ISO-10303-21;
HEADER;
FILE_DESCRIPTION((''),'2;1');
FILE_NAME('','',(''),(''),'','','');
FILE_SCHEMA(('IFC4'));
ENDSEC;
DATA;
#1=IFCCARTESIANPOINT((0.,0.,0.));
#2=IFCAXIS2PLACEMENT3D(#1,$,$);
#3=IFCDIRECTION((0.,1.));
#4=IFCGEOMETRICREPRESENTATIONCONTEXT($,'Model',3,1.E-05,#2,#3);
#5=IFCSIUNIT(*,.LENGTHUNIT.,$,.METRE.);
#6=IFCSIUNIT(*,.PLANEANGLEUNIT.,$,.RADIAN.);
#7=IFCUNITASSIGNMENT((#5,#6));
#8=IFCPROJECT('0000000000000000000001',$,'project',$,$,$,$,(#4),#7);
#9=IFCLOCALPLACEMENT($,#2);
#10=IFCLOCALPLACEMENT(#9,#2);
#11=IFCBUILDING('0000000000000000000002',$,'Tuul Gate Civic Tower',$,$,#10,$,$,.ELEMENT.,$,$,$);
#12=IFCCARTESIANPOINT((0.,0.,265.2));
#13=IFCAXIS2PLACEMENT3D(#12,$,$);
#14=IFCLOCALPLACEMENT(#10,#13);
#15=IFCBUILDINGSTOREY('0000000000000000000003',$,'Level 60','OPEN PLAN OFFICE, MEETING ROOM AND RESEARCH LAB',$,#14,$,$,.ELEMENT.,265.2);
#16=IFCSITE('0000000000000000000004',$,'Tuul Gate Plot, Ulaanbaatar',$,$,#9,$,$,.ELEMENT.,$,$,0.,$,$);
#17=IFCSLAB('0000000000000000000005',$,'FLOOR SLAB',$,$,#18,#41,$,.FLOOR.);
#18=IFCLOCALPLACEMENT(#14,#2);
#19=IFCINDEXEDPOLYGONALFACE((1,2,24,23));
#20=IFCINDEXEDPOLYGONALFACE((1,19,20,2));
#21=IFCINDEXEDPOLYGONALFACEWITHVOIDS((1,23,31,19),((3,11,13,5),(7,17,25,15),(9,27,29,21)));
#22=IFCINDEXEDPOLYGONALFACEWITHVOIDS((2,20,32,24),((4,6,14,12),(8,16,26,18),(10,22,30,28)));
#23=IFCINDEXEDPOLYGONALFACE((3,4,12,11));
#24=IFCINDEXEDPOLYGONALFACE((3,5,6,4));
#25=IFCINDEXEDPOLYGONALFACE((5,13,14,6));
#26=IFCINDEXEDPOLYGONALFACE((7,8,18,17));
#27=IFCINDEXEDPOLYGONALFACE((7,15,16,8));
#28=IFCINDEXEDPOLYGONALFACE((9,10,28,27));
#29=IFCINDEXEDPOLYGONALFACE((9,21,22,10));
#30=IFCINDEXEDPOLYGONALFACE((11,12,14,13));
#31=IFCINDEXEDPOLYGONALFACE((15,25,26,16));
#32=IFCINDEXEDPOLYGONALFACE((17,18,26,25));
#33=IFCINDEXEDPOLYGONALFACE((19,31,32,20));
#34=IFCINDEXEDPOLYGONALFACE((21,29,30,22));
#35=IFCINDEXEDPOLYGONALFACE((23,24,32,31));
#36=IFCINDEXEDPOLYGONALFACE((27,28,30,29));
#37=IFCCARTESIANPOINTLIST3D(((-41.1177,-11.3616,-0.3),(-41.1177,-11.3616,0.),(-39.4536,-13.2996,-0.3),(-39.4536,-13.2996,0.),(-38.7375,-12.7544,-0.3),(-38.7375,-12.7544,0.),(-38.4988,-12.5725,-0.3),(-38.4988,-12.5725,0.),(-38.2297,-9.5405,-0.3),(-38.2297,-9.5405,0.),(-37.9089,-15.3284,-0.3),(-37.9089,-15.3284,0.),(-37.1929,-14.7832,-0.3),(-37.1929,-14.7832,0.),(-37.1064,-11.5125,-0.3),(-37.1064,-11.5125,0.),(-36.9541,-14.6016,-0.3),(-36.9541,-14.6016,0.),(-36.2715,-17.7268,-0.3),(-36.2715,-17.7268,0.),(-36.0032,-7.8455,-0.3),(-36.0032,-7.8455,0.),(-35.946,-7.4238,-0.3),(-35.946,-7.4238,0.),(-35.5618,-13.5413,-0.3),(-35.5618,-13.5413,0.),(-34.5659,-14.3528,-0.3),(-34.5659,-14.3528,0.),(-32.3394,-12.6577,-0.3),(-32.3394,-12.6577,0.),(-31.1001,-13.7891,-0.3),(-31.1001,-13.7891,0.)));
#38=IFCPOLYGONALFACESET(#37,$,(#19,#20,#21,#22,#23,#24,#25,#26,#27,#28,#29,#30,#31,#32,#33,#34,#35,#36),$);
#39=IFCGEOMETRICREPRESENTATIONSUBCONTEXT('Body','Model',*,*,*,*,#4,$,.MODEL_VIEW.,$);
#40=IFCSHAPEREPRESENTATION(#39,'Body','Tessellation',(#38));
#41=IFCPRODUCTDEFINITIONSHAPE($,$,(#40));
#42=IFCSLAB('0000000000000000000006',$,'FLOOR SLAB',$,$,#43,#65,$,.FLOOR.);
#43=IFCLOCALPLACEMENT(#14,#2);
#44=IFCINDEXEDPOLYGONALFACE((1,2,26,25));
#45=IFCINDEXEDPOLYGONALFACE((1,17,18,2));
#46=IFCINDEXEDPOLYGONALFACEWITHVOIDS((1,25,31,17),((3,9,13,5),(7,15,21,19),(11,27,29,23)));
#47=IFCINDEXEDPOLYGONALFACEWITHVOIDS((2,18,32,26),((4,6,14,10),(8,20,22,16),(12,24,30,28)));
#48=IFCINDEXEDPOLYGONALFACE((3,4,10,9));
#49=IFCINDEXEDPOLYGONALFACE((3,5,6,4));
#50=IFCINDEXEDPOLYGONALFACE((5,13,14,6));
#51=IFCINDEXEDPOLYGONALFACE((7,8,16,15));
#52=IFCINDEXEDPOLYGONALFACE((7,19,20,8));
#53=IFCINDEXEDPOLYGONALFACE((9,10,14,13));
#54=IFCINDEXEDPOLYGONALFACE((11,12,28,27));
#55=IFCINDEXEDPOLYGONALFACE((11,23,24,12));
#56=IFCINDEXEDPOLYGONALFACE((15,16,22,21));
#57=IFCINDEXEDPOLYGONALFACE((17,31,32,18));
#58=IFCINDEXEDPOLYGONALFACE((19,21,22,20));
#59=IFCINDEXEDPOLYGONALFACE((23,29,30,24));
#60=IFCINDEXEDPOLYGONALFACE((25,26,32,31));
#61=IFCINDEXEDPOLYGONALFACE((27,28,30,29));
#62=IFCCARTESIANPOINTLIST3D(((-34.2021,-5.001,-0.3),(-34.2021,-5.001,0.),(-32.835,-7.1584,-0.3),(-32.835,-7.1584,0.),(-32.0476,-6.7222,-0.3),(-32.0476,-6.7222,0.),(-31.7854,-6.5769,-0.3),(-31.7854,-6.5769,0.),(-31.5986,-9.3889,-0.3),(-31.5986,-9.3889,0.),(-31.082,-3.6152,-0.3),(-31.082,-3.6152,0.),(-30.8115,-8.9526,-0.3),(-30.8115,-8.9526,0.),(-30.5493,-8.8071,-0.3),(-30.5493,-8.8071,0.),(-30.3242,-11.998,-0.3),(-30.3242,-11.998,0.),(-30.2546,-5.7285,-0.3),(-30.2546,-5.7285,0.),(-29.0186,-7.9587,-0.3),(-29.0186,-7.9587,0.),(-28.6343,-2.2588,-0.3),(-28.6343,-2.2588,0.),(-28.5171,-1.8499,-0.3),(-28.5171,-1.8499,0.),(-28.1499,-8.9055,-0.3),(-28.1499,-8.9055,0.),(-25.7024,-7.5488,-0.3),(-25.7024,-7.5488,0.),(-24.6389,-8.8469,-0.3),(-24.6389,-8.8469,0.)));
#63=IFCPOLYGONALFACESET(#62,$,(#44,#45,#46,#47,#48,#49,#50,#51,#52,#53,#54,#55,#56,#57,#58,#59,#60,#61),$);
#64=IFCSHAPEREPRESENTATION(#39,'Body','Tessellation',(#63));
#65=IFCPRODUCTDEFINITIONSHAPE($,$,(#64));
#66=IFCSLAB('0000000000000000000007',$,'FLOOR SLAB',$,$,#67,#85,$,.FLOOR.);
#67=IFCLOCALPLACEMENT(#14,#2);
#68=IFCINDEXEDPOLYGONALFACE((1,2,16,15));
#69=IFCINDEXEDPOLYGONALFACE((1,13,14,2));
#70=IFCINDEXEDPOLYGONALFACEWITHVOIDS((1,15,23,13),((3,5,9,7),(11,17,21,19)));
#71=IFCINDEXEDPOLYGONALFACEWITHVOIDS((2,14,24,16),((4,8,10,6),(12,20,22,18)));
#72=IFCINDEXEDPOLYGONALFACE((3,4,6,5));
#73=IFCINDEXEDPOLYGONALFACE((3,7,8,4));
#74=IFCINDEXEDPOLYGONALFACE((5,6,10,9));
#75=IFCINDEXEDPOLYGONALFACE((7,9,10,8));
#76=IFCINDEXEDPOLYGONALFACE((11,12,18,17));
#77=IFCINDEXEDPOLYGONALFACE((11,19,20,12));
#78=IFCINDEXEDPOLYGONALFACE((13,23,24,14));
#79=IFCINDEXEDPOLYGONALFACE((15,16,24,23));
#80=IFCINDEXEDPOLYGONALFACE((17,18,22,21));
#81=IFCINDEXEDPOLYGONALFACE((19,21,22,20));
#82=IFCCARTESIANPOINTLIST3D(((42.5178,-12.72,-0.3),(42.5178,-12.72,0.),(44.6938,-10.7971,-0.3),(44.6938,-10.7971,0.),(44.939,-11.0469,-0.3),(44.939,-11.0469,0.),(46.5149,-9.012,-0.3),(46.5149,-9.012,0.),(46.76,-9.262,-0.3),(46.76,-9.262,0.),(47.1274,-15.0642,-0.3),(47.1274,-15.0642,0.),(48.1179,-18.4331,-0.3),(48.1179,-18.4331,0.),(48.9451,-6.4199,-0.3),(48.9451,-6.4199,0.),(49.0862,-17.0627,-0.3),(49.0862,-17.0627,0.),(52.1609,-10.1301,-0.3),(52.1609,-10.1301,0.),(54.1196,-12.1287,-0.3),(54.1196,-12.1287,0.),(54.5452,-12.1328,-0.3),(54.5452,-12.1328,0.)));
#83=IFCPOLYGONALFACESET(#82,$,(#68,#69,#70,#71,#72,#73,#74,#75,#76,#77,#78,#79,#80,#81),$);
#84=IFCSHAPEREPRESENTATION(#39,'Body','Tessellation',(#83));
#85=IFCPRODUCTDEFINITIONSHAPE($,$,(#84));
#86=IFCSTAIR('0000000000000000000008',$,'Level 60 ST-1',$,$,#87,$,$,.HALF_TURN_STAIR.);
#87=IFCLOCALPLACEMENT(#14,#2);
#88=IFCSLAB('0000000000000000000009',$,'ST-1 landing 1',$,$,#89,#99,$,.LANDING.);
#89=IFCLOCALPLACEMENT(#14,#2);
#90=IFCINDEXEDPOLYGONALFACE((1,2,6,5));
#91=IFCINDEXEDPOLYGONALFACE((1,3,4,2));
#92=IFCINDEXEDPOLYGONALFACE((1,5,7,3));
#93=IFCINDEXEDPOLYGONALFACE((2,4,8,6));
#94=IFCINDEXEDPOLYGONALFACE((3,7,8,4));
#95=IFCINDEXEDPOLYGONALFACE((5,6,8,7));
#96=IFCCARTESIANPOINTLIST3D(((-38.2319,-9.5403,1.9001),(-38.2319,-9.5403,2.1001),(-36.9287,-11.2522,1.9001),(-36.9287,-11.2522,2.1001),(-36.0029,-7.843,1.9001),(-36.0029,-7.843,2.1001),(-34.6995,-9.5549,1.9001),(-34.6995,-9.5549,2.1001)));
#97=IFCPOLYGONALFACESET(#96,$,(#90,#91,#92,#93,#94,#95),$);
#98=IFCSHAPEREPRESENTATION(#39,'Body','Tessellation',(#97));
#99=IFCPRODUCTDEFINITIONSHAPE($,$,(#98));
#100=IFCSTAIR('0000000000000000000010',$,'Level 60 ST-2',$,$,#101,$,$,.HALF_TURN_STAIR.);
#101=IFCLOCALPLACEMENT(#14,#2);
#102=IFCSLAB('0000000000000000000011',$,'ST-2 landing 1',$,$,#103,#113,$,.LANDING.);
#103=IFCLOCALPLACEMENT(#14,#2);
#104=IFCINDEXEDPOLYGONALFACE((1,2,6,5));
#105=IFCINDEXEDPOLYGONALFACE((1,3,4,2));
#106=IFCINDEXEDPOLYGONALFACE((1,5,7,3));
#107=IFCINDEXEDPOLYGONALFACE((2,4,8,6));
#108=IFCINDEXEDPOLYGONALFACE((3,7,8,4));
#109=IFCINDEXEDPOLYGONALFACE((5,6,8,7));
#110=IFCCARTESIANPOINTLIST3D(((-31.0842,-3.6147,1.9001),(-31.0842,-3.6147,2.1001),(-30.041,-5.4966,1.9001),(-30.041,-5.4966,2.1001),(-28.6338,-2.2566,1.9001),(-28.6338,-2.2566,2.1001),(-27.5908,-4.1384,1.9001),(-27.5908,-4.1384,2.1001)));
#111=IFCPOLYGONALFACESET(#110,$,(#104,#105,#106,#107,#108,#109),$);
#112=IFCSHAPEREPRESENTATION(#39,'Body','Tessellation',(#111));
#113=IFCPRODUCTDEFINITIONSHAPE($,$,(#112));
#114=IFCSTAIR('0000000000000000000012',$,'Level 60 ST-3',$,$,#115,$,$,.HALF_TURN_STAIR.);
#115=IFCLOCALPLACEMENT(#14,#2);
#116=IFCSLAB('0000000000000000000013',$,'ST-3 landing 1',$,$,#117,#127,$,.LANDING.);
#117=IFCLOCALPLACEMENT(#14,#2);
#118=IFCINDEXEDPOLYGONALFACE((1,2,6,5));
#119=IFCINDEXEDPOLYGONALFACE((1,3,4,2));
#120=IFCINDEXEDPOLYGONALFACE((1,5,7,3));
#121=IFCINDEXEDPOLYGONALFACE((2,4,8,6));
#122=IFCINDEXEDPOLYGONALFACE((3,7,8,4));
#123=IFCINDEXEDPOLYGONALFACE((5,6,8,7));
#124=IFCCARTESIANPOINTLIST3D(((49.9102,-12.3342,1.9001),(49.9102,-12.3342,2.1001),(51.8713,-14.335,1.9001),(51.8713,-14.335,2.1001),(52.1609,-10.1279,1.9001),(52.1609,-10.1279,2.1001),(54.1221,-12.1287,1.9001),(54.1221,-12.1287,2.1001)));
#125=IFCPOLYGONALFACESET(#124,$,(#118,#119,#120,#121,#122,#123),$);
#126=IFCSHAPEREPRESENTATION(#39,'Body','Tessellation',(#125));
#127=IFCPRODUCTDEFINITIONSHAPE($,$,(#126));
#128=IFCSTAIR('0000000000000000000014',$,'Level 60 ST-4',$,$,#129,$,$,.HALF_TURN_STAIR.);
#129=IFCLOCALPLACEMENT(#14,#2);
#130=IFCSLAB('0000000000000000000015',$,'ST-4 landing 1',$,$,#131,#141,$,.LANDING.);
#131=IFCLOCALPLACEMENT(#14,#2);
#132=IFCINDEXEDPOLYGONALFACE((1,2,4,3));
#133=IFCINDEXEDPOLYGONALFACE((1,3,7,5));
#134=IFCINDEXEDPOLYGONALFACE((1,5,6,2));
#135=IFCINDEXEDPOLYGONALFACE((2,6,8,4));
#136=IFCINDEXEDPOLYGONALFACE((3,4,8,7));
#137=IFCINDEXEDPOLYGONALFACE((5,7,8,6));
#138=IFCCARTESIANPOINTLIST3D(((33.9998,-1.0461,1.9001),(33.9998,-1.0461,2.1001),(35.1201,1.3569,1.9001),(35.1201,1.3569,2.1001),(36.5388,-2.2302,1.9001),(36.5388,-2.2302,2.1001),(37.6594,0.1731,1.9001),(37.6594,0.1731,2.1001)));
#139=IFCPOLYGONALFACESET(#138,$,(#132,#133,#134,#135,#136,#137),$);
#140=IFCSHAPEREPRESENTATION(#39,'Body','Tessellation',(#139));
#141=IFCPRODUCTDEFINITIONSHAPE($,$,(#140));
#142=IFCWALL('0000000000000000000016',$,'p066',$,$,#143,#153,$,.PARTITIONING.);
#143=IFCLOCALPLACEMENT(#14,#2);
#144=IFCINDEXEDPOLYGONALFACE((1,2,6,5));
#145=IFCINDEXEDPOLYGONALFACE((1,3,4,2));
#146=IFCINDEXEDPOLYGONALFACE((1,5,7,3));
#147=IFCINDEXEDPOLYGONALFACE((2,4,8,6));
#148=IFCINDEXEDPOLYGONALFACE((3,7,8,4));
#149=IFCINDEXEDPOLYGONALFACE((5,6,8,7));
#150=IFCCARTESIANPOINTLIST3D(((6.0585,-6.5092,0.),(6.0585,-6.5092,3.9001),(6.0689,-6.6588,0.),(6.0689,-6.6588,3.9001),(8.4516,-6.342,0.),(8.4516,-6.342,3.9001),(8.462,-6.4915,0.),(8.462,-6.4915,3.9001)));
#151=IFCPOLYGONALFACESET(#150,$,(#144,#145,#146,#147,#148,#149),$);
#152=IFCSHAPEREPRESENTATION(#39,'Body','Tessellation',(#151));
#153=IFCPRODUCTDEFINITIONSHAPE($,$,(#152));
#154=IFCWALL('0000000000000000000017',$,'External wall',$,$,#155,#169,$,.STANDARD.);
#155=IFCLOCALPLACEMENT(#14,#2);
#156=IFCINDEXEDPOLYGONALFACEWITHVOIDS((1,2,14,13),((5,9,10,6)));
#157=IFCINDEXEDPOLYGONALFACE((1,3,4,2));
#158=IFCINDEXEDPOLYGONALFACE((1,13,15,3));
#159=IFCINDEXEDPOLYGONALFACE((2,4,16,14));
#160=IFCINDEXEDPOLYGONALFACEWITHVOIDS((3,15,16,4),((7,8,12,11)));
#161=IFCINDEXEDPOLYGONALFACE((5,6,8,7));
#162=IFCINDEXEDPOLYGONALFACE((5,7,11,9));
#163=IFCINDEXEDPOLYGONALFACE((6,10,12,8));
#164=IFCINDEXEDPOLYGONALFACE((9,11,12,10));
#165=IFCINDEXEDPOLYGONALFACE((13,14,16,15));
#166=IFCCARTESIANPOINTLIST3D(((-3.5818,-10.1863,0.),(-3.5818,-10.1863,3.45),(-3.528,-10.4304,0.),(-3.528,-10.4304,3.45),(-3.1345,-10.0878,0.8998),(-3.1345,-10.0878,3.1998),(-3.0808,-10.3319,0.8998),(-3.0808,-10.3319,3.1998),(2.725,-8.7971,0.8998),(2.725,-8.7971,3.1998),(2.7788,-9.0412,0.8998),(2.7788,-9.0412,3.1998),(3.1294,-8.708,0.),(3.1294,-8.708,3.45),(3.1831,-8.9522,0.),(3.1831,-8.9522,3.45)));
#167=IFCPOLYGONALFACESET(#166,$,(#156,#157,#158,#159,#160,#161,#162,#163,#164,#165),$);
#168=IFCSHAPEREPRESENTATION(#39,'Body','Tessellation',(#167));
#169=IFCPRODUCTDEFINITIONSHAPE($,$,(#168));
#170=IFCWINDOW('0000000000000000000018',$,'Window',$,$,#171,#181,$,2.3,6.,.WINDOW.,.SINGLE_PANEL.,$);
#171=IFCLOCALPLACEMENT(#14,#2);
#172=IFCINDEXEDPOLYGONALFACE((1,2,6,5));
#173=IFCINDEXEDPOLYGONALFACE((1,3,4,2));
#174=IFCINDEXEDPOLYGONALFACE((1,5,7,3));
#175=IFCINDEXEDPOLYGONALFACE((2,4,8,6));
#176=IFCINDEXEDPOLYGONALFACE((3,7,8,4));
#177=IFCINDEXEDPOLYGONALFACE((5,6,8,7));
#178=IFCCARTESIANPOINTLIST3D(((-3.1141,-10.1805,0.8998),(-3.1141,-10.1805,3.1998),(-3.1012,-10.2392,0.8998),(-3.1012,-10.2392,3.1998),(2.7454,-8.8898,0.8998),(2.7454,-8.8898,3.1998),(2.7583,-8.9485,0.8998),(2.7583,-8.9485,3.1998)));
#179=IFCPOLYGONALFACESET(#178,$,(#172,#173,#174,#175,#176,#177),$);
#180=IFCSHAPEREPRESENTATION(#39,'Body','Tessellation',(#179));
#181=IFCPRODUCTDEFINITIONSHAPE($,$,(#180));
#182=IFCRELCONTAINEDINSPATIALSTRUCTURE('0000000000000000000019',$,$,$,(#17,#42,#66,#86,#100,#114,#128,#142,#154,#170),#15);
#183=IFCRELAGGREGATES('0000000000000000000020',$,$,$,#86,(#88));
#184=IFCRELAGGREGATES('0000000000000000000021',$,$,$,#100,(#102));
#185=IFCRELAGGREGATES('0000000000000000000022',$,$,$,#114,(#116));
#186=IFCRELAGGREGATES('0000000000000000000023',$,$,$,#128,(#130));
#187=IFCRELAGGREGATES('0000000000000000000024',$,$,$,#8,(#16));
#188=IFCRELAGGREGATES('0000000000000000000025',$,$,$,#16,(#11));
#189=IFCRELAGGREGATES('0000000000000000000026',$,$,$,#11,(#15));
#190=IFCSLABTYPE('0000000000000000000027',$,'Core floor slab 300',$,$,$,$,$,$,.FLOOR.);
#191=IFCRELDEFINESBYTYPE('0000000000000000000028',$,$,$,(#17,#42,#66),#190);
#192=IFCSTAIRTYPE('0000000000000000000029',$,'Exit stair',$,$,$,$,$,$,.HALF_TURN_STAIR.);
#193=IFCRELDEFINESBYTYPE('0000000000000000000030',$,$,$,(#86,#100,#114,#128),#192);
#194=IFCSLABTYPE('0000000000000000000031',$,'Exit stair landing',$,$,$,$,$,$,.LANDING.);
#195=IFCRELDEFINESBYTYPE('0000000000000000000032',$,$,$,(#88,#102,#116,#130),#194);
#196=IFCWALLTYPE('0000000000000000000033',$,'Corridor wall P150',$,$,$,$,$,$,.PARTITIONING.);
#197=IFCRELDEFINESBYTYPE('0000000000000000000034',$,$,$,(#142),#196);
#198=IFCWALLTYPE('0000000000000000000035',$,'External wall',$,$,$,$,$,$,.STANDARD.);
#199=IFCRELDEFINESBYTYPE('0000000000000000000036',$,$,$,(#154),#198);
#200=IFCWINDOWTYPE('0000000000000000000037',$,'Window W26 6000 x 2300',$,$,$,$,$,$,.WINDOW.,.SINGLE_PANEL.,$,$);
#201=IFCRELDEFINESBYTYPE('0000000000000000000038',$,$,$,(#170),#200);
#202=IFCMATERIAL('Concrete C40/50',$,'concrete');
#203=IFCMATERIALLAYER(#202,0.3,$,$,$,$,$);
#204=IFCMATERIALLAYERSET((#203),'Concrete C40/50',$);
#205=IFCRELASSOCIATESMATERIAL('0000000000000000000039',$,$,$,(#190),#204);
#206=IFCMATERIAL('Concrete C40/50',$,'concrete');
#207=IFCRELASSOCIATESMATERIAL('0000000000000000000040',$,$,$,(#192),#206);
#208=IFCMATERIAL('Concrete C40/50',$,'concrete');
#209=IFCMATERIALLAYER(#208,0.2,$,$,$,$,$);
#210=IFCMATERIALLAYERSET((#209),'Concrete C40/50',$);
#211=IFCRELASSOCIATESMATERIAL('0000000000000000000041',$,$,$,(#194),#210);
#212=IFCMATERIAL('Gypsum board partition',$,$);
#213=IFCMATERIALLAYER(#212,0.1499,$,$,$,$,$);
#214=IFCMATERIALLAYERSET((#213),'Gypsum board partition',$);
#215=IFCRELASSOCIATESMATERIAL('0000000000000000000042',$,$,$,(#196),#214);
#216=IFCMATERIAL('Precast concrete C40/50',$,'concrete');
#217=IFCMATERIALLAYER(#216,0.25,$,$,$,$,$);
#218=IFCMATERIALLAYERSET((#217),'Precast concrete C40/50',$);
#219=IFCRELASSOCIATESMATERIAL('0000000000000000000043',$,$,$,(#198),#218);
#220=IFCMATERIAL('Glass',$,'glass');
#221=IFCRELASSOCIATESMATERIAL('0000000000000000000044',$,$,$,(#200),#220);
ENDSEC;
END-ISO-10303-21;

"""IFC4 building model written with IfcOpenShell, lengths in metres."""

from ifc_helpers import new_model, si_unit, direction, frame, frame_2d, origin, place, context, subcontext, project, spatial, polyline, rectangle, outline, extrude, material, layer, layer_set, type_object, element, fill, aggregate, save


model = new_model("IFC4")

# Units and contexts
model_context = context("Model", 3, precision=1e-05, world=origin(), true_north=direction((0.0, 1.0)))
body_context = subcontext(model_context, "Body", "Model", "MODEL_VIEW")
ifc_project = project(units=[si_unit("LENGTHUNIT", "METRE"), si_unit("PLANEANGLEUNIT", "RADIAN")], contexts=[model_context])

# Site, building, storey
site_placement = place(None, origin())
site = spatial("IfcSite", under=ifc_project, at=site_placement, Name="Tuul Gate Plot, Ulaanbaatar", CompositionType="ELEMENT", RefElevation=0.0)
building_placement = place(site_placement, origin())
building = spatial("IfcBuilding", under=site, at=building_placement, Name="Tuul Gate Civic Tower", CompositionType="ELEMENT")
storey_placement = place(building_placement, frame((0.0, 0.0, 265.2)))
storey = spatial("IfcBuildingStorey", under=building, at=storey_placement, Name="Level 60", Description="OPEN PLAN OFFICE, MEETING ROOM AND RESEARCH LAB", CompositionType="ELEMENT", Elevation=265.2)

# Slabs
ifc_material_1 = material(Name="Concrete C40/50", Category="concrete")
ifc_layer_1 = layer(ifc_material_1, 0.3)
ifc_layer_set_1 = layer_set([ifc_layer_1], Name="Concrete C40/50")
slab_type_1 = type_object("IfcSlabType", Name="Core floor slab 300", PredefinedType="FLOOR", material=ifc_layer_set_1)
slab_1_placement = place(storey_placement, frame((0.0, 0.0, -0.3)))
element("IfcSlab", 1, at=slab_1_placement, inside=storey, type_object=slab_type_1, Name="FLOOR SLAB", PredefinedType="FLOOR", context=body_context, shape_type="SweptSolid", body=[
    extrude(outline(polyline([(-31.1001, -13.7891), (-35.946, -7.4238), (-41.1177, -11.3616), (-36.2715, -17.7268), (-31.1001, -13.7891)]), holes=[polyline([(-35.5618, -13.5413), (-37.1064, -11.5125), (-38.4988, -12.5725), (-36.9541, -14.6016), (-35.5618, -13.5413)]), polyline([(-37.1929, -14.7832), (-38.7375, -12.7544), (-39.4536, -13.2996), (-37.9089, -15.3284), (-37.1929, -14.7832)]), polyline([(-32.3394, -12.6577), (-34.5659, -14.3528), (-38.2297, -9.5405), (-36.0032, -7.8455), (-32.3394, -12.6577)])]), origin(), (0.0, 0.0, 1.0), 0.3),
])
slab_2_placement = place(storey_placement, frame((0.0, 0.0, -0.3)))
element("IfcSlab", 2, at=slab_2_placement, inside=storey, type_object=slab_type_1, Name="FLOOR SLAB", PredefinedType="FLOOR", context=body_context, shape_type="SweptSolid", body=[
    extrude(outline(polyline([(-24.6389, -8.8469), (-28.5171, -1.8499), (-34.2021, -5.001), (-30.3242, -11.998), (-24.6389, -8.8469)]), holes=[polyline([(-29.0186, -7.9587), (-30.2546, -5.7285), (-31.7854, -6.5769), (-30.5493, -8.8071), (-29.0186, -7.9587)]), polyline([(-30.8115, -8.9526), (-32.0476, -6.7222), (-32.835, -7.1584), (-31.5986, -9.3889), (-30.8115, -8.9526)]), polyline([(-25.7024, -7.5488), (-28.1499, -8.9055), (-31.082, -3.6152), (-28.6343, -2.2588), (-25.7024, -7.5488)])]), origin(), (0.0, 0.0, 1.0), 0.3),
])
slab_3_placement = place(storey_placement, frame((0.0, 0.0, -0.3)))
element("IfcSlab", 3, at=slab_3_placement, inside=storey, type_object=slab_type_1, Name="FLOOR SLAB", PredefinedType="FLOOR", context=body_context, shape_type="SweptSolid", body=[
    extrude(outline(polyline([(48.1179, -18.4331), (54.5452, -12.1328), (48.9451, -6.4199), (42.5178, -12.72), (48.1179, -18.4331)]), holes=[polyline([(44.939, -11.0469), (46.76, -9.262), (46.5149, -9.012), (44.6938, -10.7971), (44.939, -11.0469)]), polyline([(49.0862, -17.0627), (47.1274, -15.0642), (52.1609, -10.1301), (54.1196, -12.1287), (49.0862, -17.0627)])]), origin(), (0.0, 0.0, 1.0), 0.3),
])

# Stairs, slabs
ifc_material_2 = material(Name="Concrete C40/50", Category="concrete")
stair_type = type_object("IfcStairType", Name="Exit stair", PredefinedType="HALF_TURN_STAIR", material=ifc_material_2)
stair_1_placement = place(storey_placement, origin())
stair_1 = element("IfcStair", 4, at=stair_1_placement, inside=storey, type_object=stair_type, Name="Level 60 ST-1", PredefinedType="HALF_TURN_STAIR")
ifc_material_3 = material(Name="Concrete C40/50", Category="concrete")
ifc_layer_2 = layer(ifc_material_3, 0.2)
ifc_layer_set_2 = layer_set([ifc_layer_2], Name="Concrete C40/50")
slab_type_2 = type_object("IfcSlabType", Name="Exit stair landing", PredefinedType="LANDING", material=ifc_layer_set_2)
slab_4_placement = place(storey_placement, frame((0.0, 0.0, 1.9001)))
slab_4 = element("IfcSlab", 5, at=slab_4_placement, type_object=slab_type_2, Name="ST-1 landing 1", PredefinedType="LANDING", context=body_context, shape_type="SweptSolid", body=[
    extrude(outline(polyline([(-34.6995, -9.5549), (-36.9287, -11.2522), (-38.2319, -9.5403), (-36.0029, -7.843), (-34.6995, -9.5549)])), origin(), (0.0, 0.0, 1.0), 0.2),
])
aggregate(stair_1, [slab_4])
stair_2_placement = place(storey_placement, origin())
stair_2 = element("IfcStair", 6, at=stair_2_placement, inside=storey, type_object=stair_type, Name="Level 60 ST-2", PredefinedType="HALF_TURN_STAIR")
slab_5_placement = place(storey_placement, frame((0.0, 0.0, 1.9001)))
slab_5 = element("IfcSlab", 7, at=slab_5_placement, type_object=slab_type_2, Name="ST-2 landing 1", PredefinedType="LANDING", context=body_context, shape_type="SweptSolid", body=[
    extrude(outline(polyline([(-27.5908, -4.1384), (-30.041, -5.4966), (-31.0842, -3.6147), (-28.6338, -2.2566), (-27.5908, -4.1384)])), origin(), (0.0, 0.0, 1.0), 0.2),
])
aggregate(stair_2, [slab_5])
stair_3_placement = place(storey_placement, origin())
stair_3 = element("IfcStair", 8, at=stair_3_placement, inside=storey, type_object=stair_type, Name="Level 60 ST-3", PredefinedType="HALF_TURN_STAIR")
slab_6_placement = place(storey_placement, frame((0.0, 0.0, 1.9001)))
slab_6 = element("IfcSlab", 9, at=slab_6_placement, type_object=slab_type_2, Name="ST-3 landing 1", PredefinedType="LANDING", context=body_context, shape_type="SweptSolid", body=[
    extrude(outline(polyline([(51.8713, -14.335), (49.9102, -12.3342), (52.1609, -10.1279), (54.1221, -12.1287), (51.8713, -14.335)])), origin(), (0.0, 0.0, 1.0), 0.2),
])
aggregate(stair_3, [slab_6])
stair_4_placement = place(storey_placement, origin())
stair_4 = element("IfcStair", 10, at=stair_4_placement, inside=storey, type_object=stair_type, Name="Level 60 ST-4", PredefinedType="HALF_TURN_STAIR")
slab_7_placement = place(storey_placement, frame((0.0, 0.0, 1.9001)))
slab_7 = element("IfcSlab", 11, at=slab_7_placement, type_object=slab_type_2, Name="ST-4 landing 1", PredefinedType="LANDING", context=body_context, shape_type="SweptSolid", body=[
    extrude(outline(polyline([(36.5388, -2.2302), (33.9998, -1.0461), (35.1201, 1.3569), (37.6594, 0.1731), (36.5388, -2.2302)])), origin(), (0.0, 0.0, 1.0), 0.2),
])
aggregate(stair_4, [slab_7])

# Wall
ifc_material_4 = material(Name="Gypsum board partition")
ifc_layer_3 = layer(ifc_material_4, 0.1499)
ifc_layer_set_3 = layer_set([ifc_layer_3], Name="Gypsum board partition")
wall_type_1 = type_object("IfcWallType", Name="Corridor wall P150", PredefinedType="PARTITIONING", material=ifc_layer_set_3)
wall_1_placement = place(storey_placement, frame((6.0637, -6.584, 0.0), z_axis=(0.0, 0.0, 1.0), x_axis=(0.997567, 0.069714, 0.0)))
element("IfcWall", 12, at=wall_1_placement, inside=storey, type_object=wall_type_1, Name="p066", PredefinedType="PARTITIONING", context=body_context, shape_type="SweptSolid", body=[
    extrude(rectangle(XDim=2.3989, YDim=0.1499, at=frame_2d((1.1995, 0.0))), origin(), (0.0, 0.0, 1.0), 3.9001),
])

# Wall, opening, window
ifc_material_5 = material(Name="Precast concrete C40/50", Category="concrete")
ifc_layer_4 = layer(ifc_material_5, 0.25)
ifc_layer_set_4 = layer_set([ifc_layer_4], Name="Precast concrete C40/50")
wall_type_2 = type_object("IfcWallType", Name="External wall", PredefinedType="STANDARD", material=ifc_layer_set_4)
wall_2_placement = place(storey_placement, frame((-3.5549, -10.3083, 0.0), z_axis=(0.0, 0.0, 1.0), x_axis=(0.976589, 0.215113, 0.0)))
wall_2 = element("IfcWall", 13, at=wall_2_placement, inside=storey, type_object=wall_type_2, Name="External wall", PredefinedType="STANDARD", context=body_context, shape_type="SweptSolid", body=[
    extrude(rectangle(XDim=6.8721, YDim=0.25, at=frame_2d((3.436, 0.0))), origin(), (0.0, 0.0, 1.0), 3.45),
])
opening_1_placement = place(wall_2_placement, frame((0.458, 0.0, 0.8999)))
opening_1 = element("IfcOpeningElement", 14, at=opening_1_placement, cuts=wall_2, PredefinedType="OPENING", context=body_context, shape_type="SweptSolid", body=[
    extrude(rectangle(XDim=6.0, YDim=2.3, at=frame_2d((3.0, 1.1499))), frame((0.0, 0.135, 0.0), z_axis=(0.0, -1.0, 0.0), x_axis=(1.0, 0.0, 0.0)), (0.0, 0.0, 1.0), 0.27),
])
ifc_material_6 = material(Name="Glass", Category="glass")
window_type = type_object("IfcWindowType", Name="Window W26 6000 x 2300", PartitioningType="SINGLE_PANEL", PredefinedType="WINDOW", material=ifc_material_6)
window_1_placement = place(opening_1_placement, origin())
window_1 = element("IfcWindow", 15, at=window_1_placement, inside=storey, type_object=window_type, Name="Window", OverallHeight=2.3, OverallWidth=6.0, PartitioningType="SINGLE_PANEL", PredefinedType="WINDOW", context=body_context, shape_type="SweptSolid", body=[
    extrude(rectangle(XDim=6.0, YDim=2.3, at=frame_2d((3.0, 1.1499))), frame((0.0, 0.03, 0.0), z_axis=(0.0, -1.0, 0.0), x_axis=(1.0, 0.0, 0.0)), (0.0, 0.0, 1.0), 0.0601),
])
fill(opening_1, window_1)

save(model, "model.ifc")
